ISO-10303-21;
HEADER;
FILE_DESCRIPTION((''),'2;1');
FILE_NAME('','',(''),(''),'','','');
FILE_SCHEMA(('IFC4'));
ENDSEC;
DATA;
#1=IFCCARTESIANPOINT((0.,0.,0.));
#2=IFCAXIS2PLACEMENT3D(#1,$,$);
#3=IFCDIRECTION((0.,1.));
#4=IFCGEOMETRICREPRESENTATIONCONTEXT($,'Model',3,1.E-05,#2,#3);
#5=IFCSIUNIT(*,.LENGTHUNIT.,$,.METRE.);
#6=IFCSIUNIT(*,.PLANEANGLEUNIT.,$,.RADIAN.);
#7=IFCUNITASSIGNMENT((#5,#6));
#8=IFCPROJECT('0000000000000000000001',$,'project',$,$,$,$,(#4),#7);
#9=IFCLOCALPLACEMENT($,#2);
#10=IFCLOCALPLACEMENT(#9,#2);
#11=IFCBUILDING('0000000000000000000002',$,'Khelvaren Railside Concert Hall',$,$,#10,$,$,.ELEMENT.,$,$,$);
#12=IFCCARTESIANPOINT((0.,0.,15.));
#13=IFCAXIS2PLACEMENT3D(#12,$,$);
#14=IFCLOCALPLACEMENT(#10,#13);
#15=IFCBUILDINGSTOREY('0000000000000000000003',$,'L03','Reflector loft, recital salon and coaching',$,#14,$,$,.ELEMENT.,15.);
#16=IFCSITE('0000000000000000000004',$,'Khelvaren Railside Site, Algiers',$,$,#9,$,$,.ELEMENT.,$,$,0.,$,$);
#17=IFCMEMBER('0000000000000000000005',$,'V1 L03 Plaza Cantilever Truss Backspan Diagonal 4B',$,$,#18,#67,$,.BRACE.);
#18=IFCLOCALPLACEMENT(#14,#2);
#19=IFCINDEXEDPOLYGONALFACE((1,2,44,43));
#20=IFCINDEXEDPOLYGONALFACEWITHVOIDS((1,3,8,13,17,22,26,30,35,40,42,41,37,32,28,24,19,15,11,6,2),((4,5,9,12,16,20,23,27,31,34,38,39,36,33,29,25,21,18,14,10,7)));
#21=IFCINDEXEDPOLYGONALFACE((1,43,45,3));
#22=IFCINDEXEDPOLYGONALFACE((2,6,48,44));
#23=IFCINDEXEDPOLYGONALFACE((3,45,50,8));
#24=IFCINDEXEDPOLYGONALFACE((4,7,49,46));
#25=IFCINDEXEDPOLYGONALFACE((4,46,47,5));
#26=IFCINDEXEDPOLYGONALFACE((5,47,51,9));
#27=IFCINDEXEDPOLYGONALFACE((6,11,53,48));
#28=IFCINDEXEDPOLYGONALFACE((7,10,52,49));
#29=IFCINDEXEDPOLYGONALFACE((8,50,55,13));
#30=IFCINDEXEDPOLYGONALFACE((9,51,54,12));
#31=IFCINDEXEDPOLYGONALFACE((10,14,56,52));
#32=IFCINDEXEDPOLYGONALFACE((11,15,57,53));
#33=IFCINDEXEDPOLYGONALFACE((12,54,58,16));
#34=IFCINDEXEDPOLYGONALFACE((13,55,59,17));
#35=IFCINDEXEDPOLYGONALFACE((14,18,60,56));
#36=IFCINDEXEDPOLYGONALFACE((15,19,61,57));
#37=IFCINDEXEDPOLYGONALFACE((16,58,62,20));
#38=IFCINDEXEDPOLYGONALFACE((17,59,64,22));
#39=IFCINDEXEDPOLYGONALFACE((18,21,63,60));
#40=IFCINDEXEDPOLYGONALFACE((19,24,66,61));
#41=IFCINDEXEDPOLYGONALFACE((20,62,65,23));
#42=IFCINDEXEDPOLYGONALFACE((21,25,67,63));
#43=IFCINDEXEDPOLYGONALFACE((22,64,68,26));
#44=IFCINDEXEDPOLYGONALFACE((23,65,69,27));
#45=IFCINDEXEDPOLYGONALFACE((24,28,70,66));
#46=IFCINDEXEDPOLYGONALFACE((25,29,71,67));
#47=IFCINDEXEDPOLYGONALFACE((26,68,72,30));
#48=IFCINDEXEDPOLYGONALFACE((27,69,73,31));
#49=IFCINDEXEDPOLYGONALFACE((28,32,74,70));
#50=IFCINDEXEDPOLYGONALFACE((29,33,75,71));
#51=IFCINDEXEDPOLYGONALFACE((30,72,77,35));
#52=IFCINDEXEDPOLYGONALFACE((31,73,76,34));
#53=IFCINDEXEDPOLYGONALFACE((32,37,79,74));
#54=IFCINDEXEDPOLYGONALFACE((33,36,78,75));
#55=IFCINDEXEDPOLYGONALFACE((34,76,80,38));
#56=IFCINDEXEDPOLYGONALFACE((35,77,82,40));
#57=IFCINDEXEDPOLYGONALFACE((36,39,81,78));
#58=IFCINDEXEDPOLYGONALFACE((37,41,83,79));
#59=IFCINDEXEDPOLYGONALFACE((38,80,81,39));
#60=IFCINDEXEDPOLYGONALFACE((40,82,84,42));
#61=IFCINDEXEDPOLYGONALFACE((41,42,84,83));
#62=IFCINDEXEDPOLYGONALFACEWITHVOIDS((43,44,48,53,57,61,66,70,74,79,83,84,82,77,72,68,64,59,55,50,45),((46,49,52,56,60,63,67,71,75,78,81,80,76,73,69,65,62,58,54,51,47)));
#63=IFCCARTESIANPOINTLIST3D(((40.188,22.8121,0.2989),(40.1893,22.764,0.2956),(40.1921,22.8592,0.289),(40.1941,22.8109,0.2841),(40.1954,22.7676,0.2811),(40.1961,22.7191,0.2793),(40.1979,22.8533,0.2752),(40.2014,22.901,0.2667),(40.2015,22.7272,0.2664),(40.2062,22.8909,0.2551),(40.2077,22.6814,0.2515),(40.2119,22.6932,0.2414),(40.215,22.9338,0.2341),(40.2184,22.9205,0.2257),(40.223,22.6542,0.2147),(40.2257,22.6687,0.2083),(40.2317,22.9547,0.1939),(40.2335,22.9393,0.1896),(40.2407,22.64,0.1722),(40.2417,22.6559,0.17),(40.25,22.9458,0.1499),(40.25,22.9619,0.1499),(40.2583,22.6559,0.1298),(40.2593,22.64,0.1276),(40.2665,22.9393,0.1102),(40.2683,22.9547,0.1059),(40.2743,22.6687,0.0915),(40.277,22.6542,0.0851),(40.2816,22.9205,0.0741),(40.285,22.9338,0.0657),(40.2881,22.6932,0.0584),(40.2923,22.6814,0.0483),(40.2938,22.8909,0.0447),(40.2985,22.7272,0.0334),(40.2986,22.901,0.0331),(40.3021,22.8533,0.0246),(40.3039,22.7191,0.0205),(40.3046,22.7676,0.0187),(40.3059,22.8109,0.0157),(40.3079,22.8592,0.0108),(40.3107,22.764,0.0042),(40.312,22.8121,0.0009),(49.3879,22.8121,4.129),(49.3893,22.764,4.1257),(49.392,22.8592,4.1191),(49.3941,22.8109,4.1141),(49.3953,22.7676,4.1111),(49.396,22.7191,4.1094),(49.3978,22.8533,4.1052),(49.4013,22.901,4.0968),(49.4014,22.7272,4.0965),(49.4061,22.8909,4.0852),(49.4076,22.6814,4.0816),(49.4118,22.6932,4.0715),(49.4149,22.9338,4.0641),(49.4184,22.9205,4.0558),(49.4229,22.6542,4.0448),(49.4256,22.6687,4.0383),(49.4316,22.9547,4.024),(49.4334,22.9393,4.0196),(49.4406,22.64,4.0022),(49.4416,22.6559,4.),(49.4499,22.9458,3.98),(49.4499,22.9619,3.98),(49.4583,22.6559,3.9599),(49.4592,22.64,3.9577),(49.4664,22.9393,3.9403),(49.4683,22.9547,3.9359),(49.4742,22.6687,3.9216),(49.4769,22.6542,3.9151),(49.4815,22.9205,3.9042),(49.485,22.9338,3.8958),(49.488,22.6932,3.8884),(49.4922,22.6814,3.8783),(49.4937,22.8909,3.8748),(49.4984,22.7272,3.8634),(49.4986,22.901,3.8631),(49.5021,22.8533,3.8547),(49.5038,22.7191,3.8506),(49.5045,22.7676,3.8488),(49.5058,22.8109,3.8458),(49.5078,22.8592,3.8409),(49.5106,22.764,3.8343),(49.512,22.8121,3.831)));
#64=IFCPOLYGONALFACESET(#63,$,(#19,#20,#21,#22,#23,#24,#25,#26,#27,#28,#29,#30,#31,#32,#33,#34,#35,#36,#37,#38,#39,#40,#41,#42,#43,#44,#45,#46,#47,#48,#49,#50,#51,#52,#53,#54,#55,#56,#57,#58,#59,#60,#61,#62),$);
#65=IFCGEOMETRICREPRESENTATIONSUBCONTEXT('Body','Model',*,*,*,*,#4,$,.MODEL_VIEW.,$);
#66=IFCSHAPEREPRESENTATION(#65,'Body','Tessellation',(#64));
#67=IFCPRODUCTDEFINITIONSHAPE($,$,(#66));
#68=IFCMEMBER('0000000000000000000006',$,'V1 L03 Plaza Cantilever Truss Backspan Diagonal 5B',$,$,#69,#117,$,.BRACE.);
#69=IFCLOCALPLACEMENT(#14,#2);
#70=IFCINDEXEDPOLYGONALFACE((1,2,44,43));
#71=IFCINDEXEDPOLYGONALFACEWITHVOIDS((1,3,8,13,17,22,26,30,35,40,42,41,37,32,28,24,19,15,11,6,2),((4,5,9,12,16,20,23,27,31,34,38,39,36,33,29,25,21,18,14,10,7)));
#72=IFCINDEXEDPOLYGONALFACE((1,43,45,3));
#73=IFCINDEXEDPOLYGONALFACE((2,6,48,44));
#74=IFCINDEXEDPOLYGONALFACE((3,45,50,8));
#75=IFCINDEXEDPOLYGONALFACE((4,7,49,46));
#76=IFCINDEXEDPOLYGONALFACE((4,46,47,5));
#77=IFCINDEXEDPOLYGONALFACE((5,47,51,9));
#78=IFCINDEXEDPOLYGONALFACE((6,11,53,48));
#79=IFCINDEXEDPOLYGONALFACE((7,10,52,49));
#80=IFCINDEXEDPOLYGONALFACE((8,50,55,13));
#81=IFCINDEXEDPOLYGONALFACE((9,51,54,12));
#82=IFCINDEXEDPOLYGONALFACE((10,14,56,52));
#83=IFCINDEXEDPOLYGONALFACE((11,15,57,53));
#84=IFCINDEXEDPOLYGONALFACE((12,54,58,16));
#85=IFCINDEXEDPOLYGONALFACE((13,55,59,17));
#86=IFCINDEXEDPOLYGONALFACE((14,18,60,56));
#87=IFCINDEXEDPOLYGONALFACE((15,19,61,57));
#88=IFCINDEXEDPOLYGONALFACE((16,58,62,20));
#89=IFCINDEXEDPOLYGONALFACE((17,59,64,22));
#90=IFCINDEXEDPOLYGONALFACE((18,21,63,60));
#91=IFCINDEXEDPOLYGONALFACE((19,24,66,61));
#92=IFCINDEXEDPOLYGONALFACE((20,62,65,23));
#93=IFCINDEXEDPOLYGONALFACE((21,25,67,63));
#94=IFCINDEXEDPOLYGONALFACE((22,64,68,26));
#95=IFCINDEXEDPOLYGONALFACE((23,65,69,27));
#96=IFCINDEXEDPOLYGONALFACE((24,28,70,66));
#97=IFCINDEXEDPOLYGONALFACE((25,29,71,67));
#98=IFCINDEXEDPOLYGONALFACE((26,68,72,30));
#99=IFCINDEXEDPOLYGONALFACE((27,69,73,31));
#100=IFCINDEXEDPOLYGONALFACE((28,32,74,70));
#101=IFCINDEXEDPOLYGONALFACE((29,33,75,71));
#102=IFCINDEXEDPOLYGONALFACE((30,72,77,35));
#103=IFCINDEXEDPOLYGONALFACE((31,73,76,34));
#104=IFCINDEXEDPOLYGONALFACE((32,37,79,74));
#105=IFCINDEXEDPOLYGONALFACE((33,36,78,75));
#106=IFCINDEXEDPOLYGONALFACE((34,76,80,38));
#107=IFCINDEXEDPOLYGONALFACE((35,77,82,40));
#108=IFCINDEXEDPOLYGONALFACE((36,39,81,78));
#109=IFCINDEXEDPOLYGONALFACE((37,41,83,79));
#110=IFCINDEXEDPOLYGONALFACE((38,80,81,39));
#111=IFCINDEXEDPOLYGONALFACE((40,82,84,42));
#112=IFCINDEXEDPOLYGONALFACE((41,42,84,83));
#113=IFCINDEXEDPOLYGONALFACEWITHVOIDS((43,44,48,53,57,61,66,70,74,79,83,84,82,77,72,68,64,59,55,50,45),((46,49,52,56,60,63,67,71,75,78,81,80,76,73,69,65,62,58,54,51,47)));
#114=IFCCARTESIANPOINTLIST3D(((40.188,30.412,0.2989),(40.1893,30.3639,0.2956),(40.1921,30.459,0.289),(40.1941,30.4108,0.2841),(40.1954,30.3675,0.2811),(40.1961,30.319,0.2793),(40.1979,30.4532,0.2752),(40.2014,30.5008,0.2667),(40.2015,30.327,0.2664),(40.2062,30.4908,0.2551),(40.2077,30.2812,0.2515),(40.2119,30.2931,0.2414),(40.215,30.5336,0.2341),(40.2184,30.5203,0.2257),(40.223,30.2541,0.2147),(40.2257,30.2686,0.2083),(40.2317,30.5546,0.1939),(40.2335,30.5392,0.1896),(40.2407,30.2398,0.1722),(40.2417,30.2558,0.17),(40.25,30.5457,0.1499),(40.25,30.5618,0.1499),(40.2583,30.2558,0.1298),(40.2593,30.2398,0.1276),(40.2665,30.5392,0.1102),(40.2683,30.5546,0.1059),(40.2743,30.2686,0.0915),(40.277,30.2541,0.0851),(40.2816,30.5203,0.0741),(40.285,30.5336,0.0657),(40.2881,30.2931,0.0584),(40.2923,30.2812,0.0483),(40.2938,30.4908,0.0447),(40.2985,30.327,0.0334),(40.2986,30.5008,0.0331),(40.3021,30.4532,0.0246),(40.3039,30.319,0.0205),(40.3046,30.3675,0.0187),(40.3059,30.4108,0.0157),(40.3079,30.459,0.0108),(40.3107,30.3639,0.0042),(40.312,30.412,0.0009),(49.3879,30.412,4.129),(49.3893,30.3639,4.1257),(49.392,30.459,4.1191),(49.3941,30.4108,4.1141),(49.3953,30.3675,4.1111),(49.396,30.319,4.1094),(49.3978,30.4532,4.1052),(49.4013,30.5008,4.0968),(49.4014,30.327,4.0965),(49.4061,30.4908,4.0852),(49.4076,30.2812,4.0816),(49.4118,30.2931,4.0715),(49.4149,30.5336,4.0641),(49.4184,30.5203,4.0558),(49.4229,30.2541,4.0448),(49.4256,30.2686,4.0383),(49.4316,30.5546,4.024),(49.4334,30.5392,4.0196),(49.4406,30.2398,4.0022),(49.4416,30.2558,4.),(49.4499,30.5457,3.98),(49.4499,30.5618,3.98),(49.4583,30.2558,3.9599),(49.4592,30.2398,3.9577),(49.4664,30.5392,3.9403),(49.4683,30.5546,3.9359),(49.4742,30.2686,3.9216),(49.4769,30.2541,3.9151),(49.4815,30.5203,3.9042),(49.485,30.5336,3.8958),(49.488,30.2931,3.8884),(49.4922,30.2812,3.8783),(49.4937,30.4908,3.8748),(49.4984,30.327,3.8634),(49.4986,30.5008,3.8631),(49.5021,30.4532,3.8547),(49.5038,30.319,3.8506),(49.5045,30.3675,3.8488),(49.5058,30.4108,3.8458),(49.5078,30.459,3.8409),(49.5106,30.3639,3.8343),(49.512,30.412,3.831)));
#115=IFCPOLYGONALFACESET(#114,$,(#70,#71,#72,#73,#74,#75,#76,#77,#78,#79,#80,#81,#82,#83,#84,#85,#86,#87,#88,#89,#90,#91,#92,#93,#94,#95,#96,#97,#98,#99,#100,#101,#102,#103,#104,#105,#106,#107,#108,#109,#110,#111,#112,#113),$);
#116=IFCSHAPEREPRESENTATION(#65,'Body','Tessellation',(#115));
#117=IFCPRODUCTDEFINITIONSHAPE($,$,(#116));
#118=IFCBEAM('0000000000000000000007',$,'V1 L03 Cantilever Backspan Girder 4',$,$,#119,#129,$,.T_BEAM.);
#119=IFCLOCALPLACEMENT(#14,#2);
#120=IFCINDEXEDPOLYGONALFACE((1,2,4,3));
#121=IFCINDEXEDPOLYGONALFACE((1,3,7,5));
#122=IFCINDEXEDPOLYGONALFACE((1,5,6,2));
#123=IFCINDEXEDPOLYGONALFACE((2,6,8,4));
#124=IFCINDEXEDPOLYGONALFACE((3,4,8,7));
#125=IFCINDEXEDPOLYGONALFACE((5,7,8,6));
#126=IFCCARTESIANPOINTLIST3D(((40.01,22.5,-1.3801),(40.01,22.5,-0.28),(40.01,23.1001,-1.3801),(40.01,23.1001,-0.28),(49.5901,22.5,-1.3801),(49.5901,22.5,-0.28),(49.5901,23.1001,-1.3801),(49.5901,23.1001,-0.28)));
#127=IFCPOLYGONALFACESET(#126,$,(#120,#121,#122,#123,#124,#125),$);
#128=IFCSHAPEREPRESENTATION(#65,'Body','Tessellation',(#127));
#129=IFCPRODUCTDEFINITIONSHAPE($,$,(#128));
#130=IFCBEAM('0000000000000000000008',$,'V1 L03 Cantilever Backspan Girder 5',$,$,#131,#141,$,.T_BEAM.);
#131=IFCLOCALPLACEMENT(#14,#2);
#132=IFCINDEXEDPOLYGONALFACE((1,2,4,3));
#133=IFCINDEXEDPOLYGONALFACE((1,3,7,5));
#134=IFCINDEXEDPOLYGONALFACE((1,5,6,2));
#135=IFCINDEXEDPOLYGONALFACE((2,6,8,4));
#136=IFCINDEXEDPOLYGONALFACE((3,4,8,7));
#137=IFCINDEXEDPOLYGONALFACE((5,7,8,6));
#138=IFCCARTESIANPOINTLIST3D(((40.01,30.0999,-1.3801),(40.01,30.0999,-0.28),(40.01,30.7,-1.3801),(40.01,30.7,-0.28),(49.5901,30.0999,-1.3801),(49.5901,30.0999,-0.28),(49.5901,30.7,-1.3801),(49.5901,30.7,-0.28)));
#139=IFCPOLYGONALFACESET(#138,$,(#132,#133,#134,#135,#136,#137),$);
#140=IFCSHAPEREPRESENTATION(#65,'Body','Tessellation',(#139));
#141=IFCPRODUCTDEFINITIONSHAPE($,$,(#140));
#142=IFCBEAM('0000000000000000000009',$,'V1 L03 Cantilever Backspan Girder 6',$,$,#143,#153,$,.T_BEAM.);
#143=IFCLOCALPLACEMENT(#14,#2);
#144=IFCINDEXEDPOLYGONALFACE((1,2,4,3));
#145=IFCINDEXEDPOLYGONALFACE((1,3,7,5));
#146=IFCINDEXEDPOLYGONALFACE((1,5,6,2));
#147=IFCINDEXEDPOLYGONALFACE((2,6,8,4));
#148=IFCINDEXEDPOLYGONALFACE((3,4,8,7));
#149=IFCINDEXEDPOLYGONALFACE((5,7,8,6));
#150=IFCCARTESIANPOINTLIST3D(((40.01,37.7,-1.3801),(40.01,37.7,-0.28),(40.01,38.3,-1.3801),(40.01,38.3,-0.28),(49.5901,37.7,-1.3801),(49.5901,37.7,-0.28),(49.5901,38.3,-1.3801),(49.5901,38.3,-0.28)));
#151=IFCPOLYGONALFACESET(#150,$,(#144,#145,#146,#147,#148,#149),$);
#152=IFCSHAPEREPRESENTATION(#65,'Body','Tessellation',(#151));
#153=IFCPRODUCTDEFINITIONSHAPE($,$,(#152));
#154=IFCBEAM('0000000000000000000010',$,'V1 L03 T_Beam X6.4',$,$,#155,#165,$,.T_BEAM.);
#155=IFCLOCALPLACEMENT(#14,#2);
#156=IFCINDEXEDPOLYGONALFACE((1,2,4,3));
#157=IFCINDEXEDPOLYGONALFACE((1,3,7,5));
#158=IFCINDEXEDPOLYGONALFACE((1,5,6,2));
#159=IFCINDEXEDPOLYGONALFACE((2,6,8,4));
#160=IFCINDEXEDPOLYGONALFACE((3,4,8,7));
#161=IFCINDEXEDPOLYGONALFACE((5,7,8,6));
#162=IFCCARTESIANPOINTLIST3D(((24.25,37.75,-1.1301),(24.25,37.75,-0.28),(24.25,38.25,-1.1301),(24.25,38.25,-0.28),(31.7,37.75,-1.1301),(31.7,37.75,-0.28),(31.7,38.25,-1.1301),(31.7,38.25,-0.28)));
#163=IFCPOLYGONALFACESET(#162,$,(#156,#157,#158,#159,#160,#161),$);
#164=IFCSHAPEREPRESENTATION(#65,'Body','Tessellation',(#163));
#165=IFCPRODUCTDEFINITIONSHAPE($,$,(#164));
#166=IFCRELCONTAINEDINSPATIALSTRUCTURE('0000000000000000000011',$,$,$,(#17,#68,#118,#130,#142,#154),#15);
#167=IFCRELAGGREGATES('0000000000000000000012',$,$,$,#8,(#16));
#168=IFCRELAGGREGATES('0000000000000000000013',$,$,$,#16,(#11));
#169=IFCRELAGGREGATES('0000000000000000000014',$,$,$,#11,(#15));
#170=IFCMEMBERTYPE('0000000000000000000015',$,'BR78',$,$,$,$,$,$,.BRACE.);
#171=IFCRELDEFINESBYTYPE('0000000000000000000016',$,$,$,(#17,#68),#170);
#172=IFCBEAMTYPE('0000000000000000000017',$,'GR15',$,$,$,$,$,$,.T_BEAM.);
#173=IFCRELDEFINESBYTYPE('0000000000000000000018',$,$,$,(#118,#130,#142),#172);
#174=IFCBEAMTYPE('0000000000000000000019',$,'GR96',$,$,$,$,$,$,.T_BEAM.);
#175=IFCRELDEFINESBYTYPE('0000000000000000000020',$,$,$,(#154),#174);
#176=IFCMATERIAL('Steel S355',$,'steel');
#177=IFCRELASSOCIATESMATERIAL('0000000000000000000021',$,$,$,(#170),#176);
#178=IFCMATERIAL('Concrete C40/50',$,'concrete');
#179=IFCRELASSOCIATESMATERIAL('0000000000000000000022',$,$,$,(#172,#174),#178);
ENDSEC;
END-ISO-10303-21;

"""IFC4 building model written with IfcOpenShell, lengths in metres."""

from ifc_helpers import new_model, si_unit, direction, frame, origin, origin_2d, place, context, subcontext, project, spatial, rectangle, hollow_circle, extrude, material, material_profile, profile_set, type_object, element, save


model = new_model("IFC4")

# Units and contexts
model_context = context("Model", 3, precision=1e-05, world=origin(), true_north=direction((0.0, 1.0)))
body_context = subcontext(model_context, "Body", "Model", "MODEL_VIEW")
ifc_project = project(units=[si_unit("LENGTHUNIT", "METRE"), si_unit("PLANEANGLEUNIT", "RADIAN")], contexts=[model_context])

# Site, building, storey
site_placement = place(None, origin())
site = spatial("IfcSite", under=ifc_project, at=site_placement, Name="Khelvaren Railside Site, Algiers", CompositionType="ELEMENT", RefElevation=0.0)
building_placement = place(site_placement, origin())
building = spatial("IfcBuilding", under=site, at=building_placement, Name="Khelvaren Railside Concert Hall", CompositionType="ELEMENT")
storey_placement = place(building_placement, frame((0.0, 0.0, 15.0)))
storey = spatial("IfcBuildingStorey", under=building, at=storey_placement, Name="L03", Description="Reflector loft, recital salon and coaching", CompositionType="ELEMENT", Elevation=15.0)

# Shared definitions
ifc_material_1 = material(Name="Steel S355", Category="steel")

# Members
ifc_material_profile_1 = material_profile(ifc_material_1, hollow_circle(Radius=0.1619, WallThickness=0.0161, at=origin_2d()), Name="CHS 323.9x16")
ifc_profile_set_1 = profile_set([ifc_material_profile_1], Name="Steel S355")
member_type_1 = type_object("IfcMemberType", Name="BR78", PredefinedType="BRACE", material=ifc_profile_set_1)
for number, where, z_axis, x_axis, name in (
    (1, (40.25, 22.8, 0.1499), (0.923192, 0.0, 0.384339), (0.0, 1.0, 0.0), "V1 L03 Plaza Cantilever Truss Backspan Diagonal 4B"),
    (2, (40.25, 30.3999, 0.1499), (0.923192, 0.0, 0.384339), (0.0, 1.0, 0.0), "V1 L03 Plaza Cantilever Truss Backspan Diagonal 5B"),
):
    element("IfcMember", number, at=place(storey_placement, frame(where, z_axis=z_axis, x_axis=x_axis)), inside=storey, type_object=member_type_1, Name=name, PredefinedType="BRACE", context=body_context, shape_type="SweptSolid", body=[
        extrude(hollow_circle(Radius=0.1619, WallThickness=0.0161, at=origin_2d()), origin(), (0.0, 0.0, 1.0), 9.9653),
    ])

# Beams
ifc_material_2 = material(Name="Concrete C40/50", Category="concrete")
ifc_material_profile_2 = material_profile(ifc_material_2, rectangle(XDim=0.6001, YDim=1.1001, at=origin_2d()), Name="RCB 600x1100")
ifc_profile_set_2 = profile_set([ifc_material_profile_2], Name="Concrete C40/50")
beam_type_1 = type_object("IfcBeamType", Name="GR15", PredefinedType="T_BEAM", material=ifc_profile_set_2)
for number, where, z_axis, x_axis, name in (
    (3, (40.01, 22.8, -0.8301), (1.0, 0.0, 0.0), (0.0, 1.0, 0.0), "V1 L03 Cantilever Backspan Girder 4"),
    (4, (40.01, 30.3999, -0.8301), (1.0, 0.0, 0.0), (0.0, 1.0, 0.0), "V1 L03 Cantilever Backspan Girder 5"),
    (5, (40.01, 38.0, -0.8301), (1.0, 0.0, 0.0), (0.0, 1.0, 0.0), "V1 L03 Cantilever Backspan Girder 6"),
):
    element("IfcBeam", number, at=place(storey_placement, frame(where, z_axis=z_axis, x_axis=x_axis)), inside=storey, type_object=beam_type_1, Name=name, PredefinedType="T_BEAM", context=body_context, shape_type="SweptSolid", body=[
        extrude(rectangle(XDim=0.6001, YDim=1.1001, at=origin_2d()), origin(), (0.0, 0.0, 1.0), 9.5801),
    ])
ifc_material_profile_3 = material_profile(ifc_material_2, rectangle(XDim=0.5, YDim=0.8501, at=origin_2d()), Name="RCB 500x850")
ifc_profile_set_3 = profile_set([ifc_material_profile_3], Name="Concrete C40/50")
beam_type_2 = type_object("IfcBeamType", Name="GR96", PredefinedType="T_BEAM", material=ifc_profile_set_3)
beam_1_placement = place(storey_placement, frame((24.25, 38.0, -0.7051), z_axis=(1.0, 0.0, 0.0), x_axis=(0.0, 1.0, 0.0)))
element("IfcBeam", 6, at=beam_1_placement, inside=storey, type_object=beam_type_2, Name="V1 L03 T_Beam X6.4", PredefinedType="T_BEAM", context=body_context, shape_type="SweptSolid", body=[
    extrude(rectangle(XDim=0.5, YDim=0.8501, at=origin_2d()), origin(), (0.0, 0.0, 1.0), 7.45),
])

save(model, "model.ifc")
